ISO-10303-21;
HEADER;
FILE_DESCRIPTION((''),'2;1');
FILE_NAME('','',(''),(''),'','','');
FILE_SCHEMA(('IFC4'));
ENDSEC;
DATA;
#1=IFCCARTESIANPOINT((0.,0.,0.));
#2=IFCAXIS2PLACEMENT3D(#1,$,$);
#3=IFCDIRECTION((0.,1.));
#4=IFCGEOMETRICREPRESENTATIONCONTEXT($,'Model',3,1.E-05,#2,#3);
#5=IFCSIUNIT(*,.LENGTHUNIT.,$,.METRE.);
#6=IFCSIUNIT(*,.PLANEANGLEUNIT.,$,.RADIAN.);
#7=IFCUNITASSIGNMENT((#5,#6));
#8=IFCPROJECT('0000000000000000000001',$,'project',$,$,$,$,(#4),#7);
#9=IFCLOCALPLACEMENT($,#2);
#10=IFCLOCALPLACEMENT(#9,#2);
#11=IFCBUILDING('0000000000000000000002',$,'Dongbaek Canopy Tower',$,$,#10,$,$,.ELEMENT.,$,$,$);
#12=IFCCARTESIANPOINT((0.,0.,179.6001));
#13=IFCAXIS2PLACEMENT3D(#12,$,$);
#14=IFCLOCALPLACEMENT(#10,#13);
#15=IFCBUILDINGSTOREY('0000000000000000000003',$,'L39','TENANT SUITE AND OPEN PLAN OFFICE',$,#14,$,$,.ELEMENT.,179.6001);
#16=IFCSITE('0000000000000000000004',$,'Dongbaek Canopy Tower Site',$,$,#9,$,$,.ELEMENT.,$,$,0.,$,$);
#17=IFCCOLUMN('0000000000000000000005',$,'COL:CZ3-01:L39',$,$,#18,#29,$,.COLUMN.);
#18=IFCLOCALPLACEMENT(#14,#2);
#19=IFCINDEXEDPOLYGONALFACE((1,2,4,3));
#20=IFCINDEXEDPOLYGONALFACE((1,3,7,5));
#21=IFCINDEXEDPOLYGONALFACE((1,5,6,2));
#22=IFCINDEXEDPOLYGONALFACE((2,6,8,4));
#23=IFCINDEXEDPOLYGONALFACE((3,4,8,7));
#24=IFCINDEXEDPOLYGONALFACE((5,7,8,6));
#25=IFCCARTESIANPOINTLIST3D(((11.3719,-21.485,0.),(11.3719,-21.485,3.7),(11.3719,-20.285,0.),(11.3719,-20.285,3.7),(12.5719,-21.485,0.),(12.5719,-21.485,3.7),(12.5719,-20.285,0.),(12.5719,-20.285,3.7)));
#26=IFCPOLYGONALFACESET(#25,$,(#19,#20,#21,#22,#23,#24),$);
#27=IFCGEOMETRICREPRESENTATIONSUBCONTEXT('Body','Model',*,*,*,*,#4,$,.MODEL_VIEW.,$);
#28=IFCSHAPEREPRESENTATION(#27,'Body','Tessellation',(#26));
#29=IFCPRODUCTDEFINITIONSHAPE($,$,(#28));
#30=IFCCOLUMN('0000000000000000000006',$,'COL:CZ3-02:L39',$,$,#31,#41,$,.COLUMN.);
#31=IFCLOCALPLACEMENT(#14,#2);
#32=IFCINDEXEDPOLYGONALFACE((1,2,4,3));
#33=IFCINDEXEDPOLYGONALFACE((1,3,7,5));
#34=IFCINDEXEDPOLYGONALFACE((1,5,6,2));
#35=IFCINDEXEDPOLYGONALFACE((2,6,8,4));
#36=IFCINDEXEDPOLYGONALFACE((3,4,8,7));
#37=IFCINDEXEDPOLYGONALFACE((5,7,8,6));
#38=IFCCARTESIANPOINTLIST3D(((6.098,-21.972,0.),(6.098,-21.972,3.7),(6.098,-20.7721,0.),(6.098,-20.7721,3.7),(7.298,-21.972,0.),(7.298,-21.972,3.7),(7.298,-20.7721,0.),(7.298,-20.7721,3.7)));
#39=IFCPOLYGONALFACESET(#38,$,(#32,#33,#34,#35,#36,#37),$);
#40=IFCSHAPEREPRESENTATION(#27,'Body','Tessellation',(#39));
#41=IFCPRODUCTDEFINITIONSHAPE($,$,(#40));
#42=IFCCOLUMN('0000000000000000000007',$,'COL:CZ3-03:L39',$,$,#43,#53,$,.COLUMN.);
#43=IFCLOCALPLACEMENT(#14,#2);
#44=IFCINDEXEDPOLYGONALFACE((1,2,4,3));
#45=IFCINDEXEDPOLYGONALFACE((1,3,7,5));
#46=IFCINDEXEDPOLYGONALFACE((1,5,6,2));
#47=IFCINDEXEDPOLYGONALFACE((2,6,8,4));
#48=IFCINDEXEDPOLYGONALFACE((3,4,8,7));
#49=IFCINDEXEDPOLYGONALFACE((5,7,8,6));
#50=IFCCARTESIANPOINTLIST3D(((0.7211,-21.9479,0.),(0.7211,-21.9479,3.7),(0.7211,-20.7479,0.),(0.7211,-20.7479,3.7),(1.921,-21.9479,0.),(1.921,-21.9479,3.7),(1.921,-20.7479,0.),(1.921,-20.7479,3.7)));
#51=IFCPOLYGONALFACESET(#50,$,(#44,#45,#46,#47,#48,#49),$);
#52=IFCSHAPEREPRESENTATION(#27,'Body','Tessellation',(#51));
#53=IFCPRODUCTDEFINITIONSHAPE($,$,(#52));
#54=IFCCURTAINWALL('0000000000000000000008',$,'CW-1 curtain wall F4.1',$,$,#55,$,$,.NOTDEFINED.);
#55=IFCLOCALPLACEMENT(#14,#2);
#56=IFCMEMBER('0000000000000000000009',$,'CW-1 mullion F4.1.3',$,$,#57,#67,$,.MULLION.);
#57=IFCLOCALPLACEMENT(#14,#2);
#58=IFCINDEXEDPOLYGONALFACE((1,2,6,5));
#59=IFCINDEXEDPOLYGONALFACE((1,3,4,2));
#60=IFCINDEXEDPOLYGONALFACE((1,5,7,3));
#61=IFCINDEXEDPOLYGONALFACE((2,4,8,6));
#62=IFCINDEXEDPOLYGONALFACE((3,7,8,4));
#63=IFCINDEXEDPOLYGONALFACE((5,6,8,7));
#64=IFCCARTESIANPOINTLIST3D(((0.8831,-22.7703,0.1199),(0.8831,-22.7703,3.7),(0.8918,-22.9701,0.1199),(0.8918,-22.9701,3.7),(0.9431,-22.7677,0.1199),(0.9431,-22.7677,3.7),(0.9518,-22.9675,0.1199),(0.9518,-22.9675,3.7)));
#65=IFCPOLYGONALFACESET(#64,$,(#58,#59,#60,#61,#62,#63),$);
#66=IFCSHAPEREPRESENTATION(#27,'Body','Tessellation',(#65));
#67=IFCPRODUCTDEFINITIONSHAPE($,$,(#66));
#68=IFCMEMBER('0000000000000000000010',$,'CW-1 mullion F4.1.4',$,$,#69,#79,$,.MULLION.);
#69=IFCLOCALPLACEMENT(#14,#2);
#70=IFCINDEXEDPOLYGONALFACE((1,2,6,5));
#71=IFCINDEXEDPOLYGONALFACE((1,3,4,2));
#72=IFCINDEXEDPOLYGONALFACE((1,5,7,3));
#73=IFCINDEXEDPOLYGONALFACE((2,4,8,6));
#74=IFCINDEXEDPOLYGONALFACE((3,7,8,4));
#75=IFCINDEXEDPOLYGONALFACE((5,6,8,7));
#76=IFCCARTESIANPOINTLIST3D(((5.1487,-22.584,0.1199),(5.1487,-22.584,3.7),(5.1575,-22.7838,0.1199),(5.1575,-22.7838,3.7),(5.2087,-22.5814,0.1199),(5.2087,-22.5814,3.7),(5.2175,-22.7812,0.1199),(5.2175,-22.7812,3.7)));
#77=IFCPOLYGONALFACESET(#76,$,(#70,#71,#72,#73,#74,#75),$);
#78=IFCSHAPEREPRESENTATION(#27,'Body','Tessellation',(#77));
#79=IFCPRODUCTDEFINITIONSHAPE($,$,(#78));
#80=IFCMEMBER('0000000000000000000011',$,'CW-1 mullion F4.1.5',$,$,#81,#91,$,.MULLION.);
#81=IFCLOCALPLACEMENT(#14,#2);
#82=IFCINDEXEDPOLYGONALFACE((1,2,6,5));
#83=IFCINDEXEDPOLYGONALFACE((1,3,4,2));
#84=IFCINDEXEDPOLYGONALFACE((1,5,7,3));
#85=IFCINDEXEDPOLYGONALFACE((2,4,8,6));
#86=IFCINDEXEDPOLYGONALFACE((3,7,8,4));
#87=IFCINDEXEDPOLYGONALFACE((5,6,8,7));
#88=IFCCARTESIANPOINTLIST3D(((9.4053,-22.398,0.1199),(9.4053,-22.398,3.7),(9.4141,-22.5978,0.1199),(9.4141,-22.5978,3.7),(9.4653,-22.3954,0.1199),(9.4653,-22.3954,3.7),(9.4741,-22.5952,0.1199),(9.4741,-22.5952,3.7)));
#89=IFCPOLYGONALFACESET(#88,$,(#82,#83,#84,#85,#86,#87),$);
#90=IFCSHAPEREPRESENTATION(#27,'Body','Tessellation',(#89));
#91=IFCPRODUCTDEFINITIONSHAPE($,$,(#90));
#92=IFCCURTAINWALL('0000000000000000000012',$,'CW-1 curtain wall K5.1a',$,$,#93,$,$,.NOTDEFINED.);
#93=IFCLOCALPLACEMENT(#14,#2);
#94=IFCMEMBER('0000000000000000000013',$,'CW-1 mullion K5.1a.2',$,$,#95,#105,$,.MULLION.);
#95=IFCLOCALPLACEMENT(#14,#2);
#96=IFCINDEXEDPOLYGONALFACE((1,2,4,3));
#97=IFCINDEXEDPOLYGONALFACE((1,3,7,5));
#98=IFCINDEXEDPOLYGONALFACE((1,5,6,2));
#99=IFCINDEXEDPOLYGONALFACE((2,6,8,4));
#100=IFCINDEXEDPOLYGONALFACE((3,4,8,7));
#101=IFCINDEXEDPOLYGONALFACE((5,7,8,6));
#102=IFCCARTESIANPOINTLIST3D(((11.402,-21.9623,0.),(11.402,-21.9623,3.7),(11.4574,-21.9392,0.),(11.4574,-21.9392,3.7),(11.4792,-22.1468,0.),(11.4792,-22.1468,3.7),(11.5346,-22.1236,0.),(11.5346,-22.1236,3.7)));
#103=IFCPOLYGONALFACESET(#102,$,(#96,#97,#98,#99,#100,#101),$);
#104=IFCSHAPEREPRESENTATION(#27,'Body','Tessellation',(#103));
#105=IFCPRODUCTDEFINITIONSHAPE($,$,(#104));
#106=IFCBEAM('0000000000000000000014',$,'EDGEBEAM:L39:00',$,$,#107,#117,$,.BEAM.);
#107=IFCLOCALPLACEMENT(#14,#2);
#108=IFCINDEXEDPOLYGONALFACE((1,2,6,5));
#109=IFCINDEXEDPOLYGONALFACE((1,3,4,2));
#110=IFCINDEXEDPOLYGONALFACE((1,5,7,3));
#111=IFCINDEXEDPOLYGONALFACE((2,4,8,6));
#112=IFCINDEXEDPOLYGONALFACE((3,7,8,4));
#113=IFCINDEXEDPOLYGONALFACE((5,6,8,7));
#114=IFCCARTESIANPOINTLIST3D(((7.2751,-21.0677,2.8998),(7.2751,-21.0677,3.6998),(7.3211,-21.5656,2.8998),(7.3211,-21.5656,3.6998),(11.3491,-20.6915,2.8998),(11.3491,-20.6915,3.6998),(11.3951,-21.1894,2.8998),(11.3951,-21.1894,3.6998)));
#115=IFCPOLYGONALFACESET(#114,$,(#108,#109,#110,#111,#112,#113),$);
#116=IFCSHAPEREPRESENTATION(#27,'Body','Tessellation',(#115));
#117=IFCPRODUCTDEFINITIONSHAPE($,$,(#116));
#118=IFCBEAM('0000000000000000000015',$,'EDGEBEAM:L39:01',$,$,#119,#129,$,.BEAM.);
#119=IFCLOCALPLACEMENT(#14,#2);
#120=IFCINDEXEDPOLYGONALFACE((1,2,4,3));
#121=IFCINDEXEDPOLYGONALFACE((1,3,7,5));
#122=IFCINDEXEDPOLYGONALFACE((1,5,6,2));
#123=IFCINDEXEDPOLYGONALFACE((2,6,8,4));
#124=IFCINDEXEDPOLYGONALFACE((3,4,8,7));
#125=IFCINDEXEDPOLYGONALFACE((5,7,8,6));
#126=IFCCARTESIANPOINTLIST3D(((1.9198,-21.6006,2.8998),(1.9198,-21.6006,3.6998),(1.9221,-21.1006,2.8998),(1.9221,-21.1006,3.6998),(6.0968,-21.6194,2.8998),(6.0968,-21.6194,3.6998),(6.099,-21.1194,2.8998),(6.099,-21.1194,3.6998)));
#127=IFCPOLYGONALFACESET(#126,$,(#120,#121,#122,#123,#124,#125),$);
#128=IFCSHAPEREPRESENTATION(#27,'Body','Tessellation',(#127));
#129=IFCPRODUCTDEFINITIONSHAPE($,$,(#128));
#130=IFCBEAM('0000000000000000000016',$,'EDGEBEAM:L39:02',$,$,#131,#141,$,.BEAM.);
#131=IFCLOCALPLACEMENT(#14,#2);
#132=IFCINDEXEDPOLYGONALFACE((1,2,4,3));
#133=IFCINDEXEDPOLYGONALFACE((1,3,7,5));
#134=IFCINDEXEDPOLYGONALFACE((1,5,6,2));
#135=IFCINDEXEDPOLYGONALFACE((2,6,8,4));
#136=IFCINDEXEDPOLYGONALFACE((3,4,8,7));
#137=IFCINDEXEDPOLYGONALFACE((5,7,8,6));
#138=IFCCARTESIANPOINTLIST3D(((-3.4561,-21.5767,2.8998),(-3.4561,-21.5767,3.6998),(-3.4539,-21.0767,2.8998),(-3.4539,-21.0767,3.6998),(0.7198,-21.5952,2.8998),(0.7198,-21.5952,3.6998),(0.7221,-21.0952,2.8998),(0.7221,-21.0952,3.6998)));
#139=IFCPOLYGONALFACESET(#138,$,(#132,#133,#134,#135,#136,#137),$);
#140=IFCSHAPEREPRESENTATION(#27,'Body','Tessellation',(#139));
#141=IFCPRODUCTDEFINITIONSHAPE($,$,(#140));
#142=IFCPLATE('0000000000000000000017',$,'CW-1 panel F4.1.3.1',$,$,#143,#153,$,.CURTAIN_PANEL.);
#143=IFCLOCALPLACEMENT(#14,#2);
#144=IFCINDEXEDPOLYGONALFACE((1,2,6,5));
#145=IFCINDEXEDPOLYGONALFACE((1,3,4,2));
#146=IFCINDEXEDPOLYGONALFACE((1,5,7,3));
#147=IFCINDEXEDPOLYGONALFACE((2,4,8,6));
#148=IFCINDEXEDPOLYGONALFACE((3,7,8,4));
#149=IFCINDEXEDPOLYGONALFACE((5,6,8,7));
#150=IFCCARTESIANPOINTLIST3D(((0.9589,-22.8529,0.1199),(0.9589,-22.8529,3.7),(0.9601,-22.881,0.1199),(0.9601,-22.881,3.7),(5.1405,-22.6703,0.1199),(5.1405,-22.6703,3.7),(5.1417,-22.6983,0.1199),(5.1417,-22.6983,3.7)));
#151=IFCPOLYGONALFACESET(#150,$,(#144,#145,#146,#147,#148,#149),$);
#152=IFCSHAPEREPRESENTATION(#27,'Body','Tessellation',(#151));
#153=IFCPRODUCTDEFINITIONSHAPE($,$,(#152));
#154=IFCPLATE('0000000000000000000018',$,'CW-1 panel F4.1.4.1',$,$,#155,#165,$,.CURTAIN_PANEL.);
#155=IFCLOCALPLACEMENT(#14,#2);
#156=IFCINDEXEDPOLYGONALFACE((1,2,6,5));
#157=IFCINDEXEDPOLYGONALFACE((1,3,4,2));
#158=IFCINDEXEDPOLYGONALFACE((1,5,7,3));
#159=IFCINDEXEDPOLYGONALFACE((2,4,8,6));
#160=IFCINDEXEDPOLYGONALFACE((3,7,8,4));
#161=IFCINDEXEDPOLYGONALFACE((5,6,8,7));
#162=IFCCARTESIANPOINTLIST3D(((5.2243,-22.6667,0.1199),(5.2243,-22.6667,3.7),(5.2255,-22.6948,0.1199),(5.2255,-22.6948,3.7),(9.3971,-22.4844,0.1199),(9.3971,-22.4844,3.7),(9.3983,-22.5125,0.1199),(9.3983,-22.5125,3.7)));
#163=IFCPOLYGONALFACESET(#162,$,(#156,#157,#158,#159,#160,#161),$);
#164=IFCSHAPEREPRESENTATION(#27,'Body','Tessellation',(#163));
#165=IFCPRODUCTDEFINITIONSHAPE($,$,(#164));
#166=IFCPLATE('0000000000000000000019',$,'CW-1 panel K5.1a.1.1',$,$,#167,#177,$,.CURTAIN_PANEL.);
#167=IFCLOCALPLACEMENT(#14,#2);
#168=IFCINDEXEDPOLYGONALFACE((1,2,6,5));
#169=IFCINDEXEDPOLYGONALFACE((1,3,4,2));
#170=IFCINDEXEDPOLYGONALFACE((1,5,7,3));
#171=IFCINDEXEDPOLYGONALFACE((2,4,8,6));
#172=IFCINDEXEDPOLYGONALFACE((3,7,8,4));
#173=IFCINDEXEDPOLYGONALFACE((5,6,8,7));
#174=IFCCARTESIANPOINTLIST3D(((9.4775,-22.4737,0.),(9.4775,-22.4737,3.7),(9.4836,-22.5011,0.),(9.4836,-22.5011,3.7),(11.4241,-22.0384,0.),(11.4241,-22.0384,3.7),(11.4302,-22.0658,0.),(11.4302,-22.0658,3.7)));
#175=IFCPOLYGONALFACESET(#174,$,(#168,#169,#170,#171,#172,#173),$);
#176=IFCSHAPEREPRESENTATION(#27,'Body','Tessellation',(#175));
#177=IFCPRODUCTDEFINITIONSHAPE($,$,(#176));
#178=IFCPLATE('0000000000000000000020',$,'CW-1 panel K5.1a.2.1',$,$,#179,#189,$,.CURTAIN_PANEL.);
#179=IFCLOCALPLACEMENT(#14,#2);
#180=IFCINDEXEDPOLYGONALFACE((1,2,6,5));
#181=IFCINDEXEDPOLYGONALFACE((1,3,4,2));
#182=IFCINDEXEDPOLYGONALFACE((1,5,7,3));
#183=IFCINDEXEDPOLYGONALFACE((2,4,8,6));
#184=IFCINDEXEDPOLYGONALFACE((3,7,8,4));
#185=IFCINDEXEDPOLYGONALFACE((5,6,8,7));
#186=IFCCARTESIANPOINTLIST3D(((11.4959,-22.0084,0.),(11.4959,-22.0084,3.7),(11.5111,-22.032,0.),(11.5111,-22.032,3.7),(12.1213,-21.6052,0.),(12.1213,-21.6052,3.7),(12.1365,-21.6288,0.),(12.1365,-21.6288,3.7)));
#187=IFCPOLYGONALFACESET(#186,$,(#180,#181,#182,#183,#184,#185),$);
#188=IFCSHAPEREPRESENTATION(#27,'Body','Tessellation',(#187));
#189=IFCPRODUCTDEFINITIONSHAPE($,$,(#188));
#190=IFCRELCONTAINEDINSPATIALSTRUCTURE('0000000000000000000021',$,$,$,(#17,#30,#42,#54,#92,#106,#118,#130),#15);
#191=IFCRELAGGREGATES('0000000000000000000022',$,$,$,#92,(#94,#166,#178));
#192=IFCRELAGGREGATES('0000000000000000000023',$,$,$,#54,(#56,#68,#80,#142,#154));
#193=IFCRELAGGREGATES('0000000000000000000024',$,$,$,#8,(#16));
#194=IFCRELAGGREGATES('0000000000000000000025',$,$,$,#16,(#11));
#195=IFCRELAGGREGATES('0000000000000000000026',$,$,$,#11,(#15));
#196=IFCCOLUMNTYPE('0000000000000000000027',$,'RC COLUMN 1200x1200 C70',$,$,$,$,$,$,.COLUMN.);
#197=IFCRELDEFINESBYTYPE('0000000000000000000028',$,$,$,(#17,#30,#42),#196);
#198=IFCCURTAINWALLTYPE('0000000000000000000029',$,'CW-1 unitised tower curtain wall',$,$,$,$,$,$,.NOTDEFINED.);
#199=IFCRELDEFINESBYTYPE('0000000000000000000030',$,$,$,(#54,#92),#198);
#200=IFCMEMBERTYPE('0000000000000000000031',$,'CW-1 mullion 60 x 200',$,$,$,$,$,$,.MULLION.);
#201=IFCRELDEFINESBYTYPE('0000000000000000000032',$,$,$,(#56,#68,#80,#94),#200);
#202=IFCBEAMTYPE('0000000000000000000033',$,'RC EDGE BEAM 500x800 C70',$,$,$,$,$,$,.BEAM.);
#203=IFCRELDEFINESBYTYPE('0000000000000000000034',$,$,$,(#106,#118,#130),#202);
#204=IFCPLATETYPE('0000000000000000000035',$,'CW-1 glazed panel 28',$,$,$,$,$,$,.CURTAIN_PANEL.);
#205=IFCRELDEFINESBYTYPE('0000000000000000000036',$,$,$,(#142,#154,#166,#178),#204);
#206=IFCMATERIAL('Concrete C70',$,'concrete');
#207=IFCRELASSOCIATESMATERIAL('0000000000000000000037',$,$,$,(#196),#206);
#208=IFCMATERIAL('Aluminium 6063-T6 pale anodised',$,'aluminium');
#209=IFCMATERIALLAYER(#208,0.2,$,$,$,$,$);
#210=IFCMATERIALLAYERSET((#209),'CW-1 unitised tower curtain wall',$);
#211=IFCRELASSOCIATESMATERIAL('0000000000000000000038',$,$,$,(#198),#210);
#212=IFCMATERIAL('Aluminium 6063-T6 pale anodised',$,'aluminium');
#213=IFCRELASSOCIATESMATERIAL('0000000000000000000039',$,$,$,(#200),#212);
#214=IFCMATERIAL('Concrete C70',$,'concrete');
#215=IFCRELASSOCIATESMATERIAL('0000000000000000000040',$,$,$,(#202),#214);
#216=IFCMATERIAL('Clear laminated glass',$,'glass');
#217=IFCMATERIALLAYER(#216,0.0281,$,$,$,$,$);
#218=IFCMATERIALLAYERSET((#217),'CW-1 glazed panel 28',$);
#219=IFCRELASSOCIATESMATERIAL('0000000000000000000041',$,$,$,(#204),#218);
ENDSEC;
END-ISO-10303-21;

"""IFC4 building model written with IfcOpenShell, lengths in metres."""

from ifc_helpers import new_model, si_unit, direction, frame, origin, origin_2d, place, context, subcontext, project, spatial, rectangle, extrude, material, layer, layer_set, material_profile, profile_set, type_object, element, aggregate, save


model = new_model("IFC4")

# Units and contexts
model_context = context("Model", 3, precision=1e-05, world=origin(), true_north=direction((0.0, 1.0)))
body_context = subcontext(model_context, "Body", "Model", "MODEL_VIEW")
ifc_project = project(units=[si_unit("LENGTHUNIT", "METRE"), si_unit("PLANEANGLEUNIT", "RADIAN")], contexts=[model_context])

# Site, building, storey
site_placement = place(None, origin())
site = spatial("IfcSite", under=ifc_project, at=site_placement, Name="Dongbaek Canopy Tower Site", CompositionType="ELEMENT", RefElevation=0.0)
building_placement = place(site_placement, origin())
building = spatial("IfcBuilding", under=site, at=building_placement, Name="Dongbaek Canopy Tower", CompositionType="ELEMENT")
storey_placement = place(building_placement, frame((0.0, 0.0, 179.6001)))
storey = spatial("IfcBuildingStorey", under=building, at=storey_placement, Name="L39", Description="TENANT SUITE AND OPEN PLAN OFFICE", CompositionType="ELEMENT", Elevation=179.6001)

# Columns
ifc_material_1 = material(Name="Concrete C70", Category="concrete")
ifc_material_profile_1 = material_profile(ifc_material_1, rectangle(XDim=1.2, YDim=1.2, at=origin_2d()), Name="RC COLUMN 1200x1200 C70")
ifc_profile_set_1 = profile_set([ifc_material_profile_1], Name="Concrete C70")
column_type = type_object("IfcColumnType", Name="RC COLUMN 1200x1200 C70", PredefinedType="COLUMN", material=ifc_profile_set_1)
for number, where, z_axis, x_axis, name in (
    (1, (11.9719, -20.885, 0.0), (0.0, 0.0, 1.0), (1.0, 0.0, 0.0), "COL:CZ3-01:L39"),
    (2, (6.698, -21.3721, 0.0), (0.0, 0.0, 1.0), (1.0, 0.0, 0.0), "COL:CZ3-02:L39"),
    (3, (1.321, -21.3479, 0.0), (0.0, 0.0, 1.0), (1.0, 0.0, 0.0), "COL:CZ3-03:L39"),
):
    element("IfcColumn", number, at=place(storey_placement, frame(where, z_axis=z_axis, x_axis=x_axis)), inside=storey, type_object=column_type, Name=name, PredefinedType="COLUMN", context=body_context, shape_type="SweptSolid", body=[
        extrude(rectangle(XDim=1.2, YDim=1.2, at=origin_2d()), origin(), (0.0, 0.0, 1.0), 3.7),
    ])

# Curtain wall, members
ifc_material_2 = material(Name="Aluminium 6063-T6 pale anodised", Category="aluminium")
ifc_layer_1 = layer(ifc_material_2, 0.2)
ifc_layer_set_1 = layer_set([ifc_layer_1], Name="CW-1 unitised tower curtain wall")
curtain_wall_type = type_object("IfcCurtainWallType", Name="CW-1 unitised tower curtain wall", PredefinedType="NOTDEFINED", material=ifc_layer_set_1)
curtain_wall_1_placement = place(storey_placement, origin())
curtain_wall_1 = element("IfcCurtainWall", 4, at=curtain_wall_1_placement, inside=storey, type_object=curtain_wall_type, Name="CW-1 curtain wall F4.1", PredefinedType="NOTDEFINED")
ifc_material_3 = material(Name="Aluminium 6063-T6 pale anodised", Category="aluminium")
ifc_material_profile_2 = material_profile(ifc_material_3, rectangle(XDim=0.2, YDim=0.0601, at=origin_2d()), Name="CW-1 mullion 60 x 200")
ifc_profile_set_2 = profile_set([ifc_material_profile_2], Name="Aluminium 6063-T6 pale anodised")
member_type = type_object("IfcMemberType", Name="CW-1 mullion 60 x 200", PredefinedType="MULLION", material=ifc_profile_set_2)
member_1_placement = place(storey_placement, frame((0.9175, -22.8689, 0.1199), z_axis=(0.0, 0.0, 1.0), x_axis=(0.04364, -0.999047, 0.0)))
member_1 = element("IfcMember", 5, at=member_1_placement, type_object=member_type, Name="CW-1 mullion F4.1.3", PredefinedType="MULLION", context=body_context, shape_type="SweptSolid", body=[
    extrude(rectangle(XDim=0.2, YDim=0.0601, at=origin_2d()), origin(), (0.0, 0.0, 1.0), 3.5801),
])
member_2_placement = place(storey_placement, frame((5.1831, -22.6826, 0.1199), z_axis=(0.0, 0.0, 1.0), x_axis=(0.04364, -0.999047, 0.0)))
member_2 = element("IfcMember", 6, at=member_2_placement, type_object=member_type, Name="CW-1 mullion F4.1.4", PredefinedType="MULLION", context=body_context, shape_type="SweptSolid", body=[
    extrude(rectangle(XDim=0.2, YDim=0.0601, at=origin_2d()), origin(), (0.0, 0.0, 1.0), 3.5801),
])
member_3_placement = place(storey_placement, frame((9.4397, -22.4966, 0.1199), z_axis=(0.0, 0.0, 1.0), x_axis=(0.04364, -0.999047, 0.0)))
member_3 = element("IfcMember", 7, at=member_3_placement, type_object=member_type, Name="CW-1 mullion F4.1.5", PredefinedType="MULLION", context=body_context, shape_type="SweptSolid", body=[
    extrude(rectangle(XDim=0.2, YDim=0.0601, at=origin_2d()), origin(), (0.0, 0.0, 1.0), 3.5801),
])

# Curtain wall, member
curtain_wall_2_placement = place(storey_placement, origin())
curtain_wall_2 = element("IfcCurtainWall", 8, at=curtain_wall_2_placement, inside=storey, type_object=curtain_wall_type, Name="CW-1 curtain wall K5.1a", PredefinedType="NOTDEFINED")
member_4_placement = place(storey_placement, frame((11.4683, -22.043, 0.0), z_axis=(0.0, 0.0, 1.0), x_axis=(0.386065, -0.922471, 0.0)))
member_4 = element("IfcMember", 9, at=member_4_placement, type_object=member_type, Name="CW-1 mullion K5.1a.2", PredefinedType="MULLION", context=body_context, shape_type="SweptSolid", body=[
    extrude(rectangle(XDim=0.2, YDim=0.0601, at=origin_2d()), origin(), (0.0, 0.0, 1.0), 3.7),
])

# Beams
ifc_material_4 = material(Name="Concrete C70", Category="concrete")
ifc_material_profile_3 = material_profile(ifc_material_4, rectangle(XDim=0.5, YDim=0.8, at=origin_2d()), Name="RC EDGE BEAM 500x800 C70")
ifc_profile_set_3 = profile_set([ifc_material_profile_3], Name="Concrete C70")
beam_type = type_object("IfcBeamType", Name="RC EDGE BEAM 500x800 C70", PredefinedType="BEAM", material=ifc_profile_set_3)
beam_1_placement = place(storey_placement, frame((11.3721, -20.9404, 3.2998), z_axis=(-0.995763, -0.091956, 0.0), x_axis=(0.091956, -0.995763, 0.0)))
element("IfcBeam", 10, at=beam_1_placement, inside=storey, type_object=beam_type, Name="EDGEBEAM:L39:00", PredefinedType="BEAM", context=body_context, shape_type="SweptSolid", body=[
    extrude(rectangle(XDim=0.5, YDim=0.8, at=origin_2d()), origin(), (0.0, 0.0, 1.0), 4.0913),
])
beam_2_placement = place(storey_placement, frame((6.0979, -21.3694, 3.2998), z_axis=(-0.99999, 0.004501, 0.0), x_axis=(-0.004501, -0.99999, 0.0)))
element("IfcBeam", 11, at=beam_2_placement, inside=storey, type_object=beam_type, Name="EDGEBEAM:L39:01", PredefinedType="BEAM", context=body_context, shape_type="SweptSolid", body=[
    extrude(rectangle(XDim=0.5, YDim=0.8, at=origin_2d()), origin(), (0.0, 0.0, 1.0), 4.177),
])
beam_3_placement = place(storey_placement, frame((0.7209, -21.3452, 3.2998), z_axis=(-0.99999, 0.004443, 0.0), x_axis=(-0.004443, -0.99999, 0.0)))
element("IfcBeam", 12, at=beam_3_placement, inside=storey, type_object=beam_type, Name="EDGEBEAM:L39:02", PredefinedType="BEAM", context=body_context, shape_type="SweptSolid", body=[
    extrude(rectangle(XDim=0.5, YDim=0.8, at=origin_2d()), origin(), (0.0, 0.0, 1.0), 4.176),
])

# Plates
ifc_material_5 = material(Name="Clear laminated glass", Category="glass")
ifc_layer_2 = layer(ifc_material_5, 0.0281)
ifc_layer_set_2 = layer_set([ifc_layer_2], Name="CW-1 glazed panel 28")
plate_type = type_object("IfcPlateType", Name="CW-1 glazed panel 28", PredefinedType="CURTAIN_PANEL", material=ifc_layer_set_2)
plate_1_placement = place(storey_placement, frame((3.0503, -22.7756, 0.1199), z_axis=(0.0, 0.0, 1.0), x_axis=(0.999047, 0.04364, 0.0)))
plate_1 = element("IfcPlate", 13, at=plate_1_placement, type_object=plate_type, Name="CW-1 panel F4.1.3.1", PredefinedType="CURTAIN_PANEL", context=body_context, shape_type="SweptSolid", body=[
    extrude(rectangle(XDim=4.1855, YDim=0.0281, at=origin_2d()), origin(), (0.0, 0.0, 1.0), 3.5801),
])
plate_2_placement = place(storey_placement, frame((7.3113, -22.5896, 0.1199), z_axis=(0.0, 0.0, 1.0), x_axis=(0.999047, 0.04364, 0.0)))
plate_2 = element("IfcPlate", 14, at=plate_2_placement, type_object=plate_type, Name="CW-1 panel F4.1.4.1", PredefinedType="CURTAIN_PANEL", context=body_context, shape_type="SweptSolid", body=[
    extrude(rectangle(XDim=4.1768, YDim=0.0281, at=origin_2d()), origin(), (0.0, 0.0, 1.0), 3.5801),
])
plate_3_placement = place(storey_placement, frame((10.4539, -22.2698, 0.0), z_axis=(0.0, 0.0, 1.0), x_axis=(0.975896, 0.218238, 0.0)))
plate_3 = element("IfcPlate", 15, at=plate_3_placement, type_object=plate_type, Name="CW-1 panel K5.1a.1.1", PredefinedType="CURTAIN_PANEL", context=body_context, shape_type="SweptSolid", body=[
    extrude(rectangle(XDim=1.9946, YDim=0.0281, at=origin_2d()), origin(), (0.0, 0.0, 1.0), 3.7),
])
plate_4_placement = place(storey_placement, frame((11.8162, -21.8186, 0.0), z_axis=(0.0, 0.0, 1.0), x_axis=(0.840432, 0.541917, 0.0)))
plate_4 = element("IfcPlate", 16, at=plate_4_placement, type_object=plate_type, Name="CW-1 panel K5.1a.2.1", PredefinedType="CURTAIN_PANEL", context=body_context, shape_type="SweptSolid", body=[
    extrude(rectangle(XDim=0.7441, YDim=0.0281, at=origin_2d()), origin(), (0.0, 0.0, 1.0), 3.7),
])
aggregate(curtain_wall_2, [member_4, plate_3, plate_4])

aggregate(curtain_wall_1, [member_1, member_2, member_3, plate_1, plate_2])

save(model, "model.ifc")
